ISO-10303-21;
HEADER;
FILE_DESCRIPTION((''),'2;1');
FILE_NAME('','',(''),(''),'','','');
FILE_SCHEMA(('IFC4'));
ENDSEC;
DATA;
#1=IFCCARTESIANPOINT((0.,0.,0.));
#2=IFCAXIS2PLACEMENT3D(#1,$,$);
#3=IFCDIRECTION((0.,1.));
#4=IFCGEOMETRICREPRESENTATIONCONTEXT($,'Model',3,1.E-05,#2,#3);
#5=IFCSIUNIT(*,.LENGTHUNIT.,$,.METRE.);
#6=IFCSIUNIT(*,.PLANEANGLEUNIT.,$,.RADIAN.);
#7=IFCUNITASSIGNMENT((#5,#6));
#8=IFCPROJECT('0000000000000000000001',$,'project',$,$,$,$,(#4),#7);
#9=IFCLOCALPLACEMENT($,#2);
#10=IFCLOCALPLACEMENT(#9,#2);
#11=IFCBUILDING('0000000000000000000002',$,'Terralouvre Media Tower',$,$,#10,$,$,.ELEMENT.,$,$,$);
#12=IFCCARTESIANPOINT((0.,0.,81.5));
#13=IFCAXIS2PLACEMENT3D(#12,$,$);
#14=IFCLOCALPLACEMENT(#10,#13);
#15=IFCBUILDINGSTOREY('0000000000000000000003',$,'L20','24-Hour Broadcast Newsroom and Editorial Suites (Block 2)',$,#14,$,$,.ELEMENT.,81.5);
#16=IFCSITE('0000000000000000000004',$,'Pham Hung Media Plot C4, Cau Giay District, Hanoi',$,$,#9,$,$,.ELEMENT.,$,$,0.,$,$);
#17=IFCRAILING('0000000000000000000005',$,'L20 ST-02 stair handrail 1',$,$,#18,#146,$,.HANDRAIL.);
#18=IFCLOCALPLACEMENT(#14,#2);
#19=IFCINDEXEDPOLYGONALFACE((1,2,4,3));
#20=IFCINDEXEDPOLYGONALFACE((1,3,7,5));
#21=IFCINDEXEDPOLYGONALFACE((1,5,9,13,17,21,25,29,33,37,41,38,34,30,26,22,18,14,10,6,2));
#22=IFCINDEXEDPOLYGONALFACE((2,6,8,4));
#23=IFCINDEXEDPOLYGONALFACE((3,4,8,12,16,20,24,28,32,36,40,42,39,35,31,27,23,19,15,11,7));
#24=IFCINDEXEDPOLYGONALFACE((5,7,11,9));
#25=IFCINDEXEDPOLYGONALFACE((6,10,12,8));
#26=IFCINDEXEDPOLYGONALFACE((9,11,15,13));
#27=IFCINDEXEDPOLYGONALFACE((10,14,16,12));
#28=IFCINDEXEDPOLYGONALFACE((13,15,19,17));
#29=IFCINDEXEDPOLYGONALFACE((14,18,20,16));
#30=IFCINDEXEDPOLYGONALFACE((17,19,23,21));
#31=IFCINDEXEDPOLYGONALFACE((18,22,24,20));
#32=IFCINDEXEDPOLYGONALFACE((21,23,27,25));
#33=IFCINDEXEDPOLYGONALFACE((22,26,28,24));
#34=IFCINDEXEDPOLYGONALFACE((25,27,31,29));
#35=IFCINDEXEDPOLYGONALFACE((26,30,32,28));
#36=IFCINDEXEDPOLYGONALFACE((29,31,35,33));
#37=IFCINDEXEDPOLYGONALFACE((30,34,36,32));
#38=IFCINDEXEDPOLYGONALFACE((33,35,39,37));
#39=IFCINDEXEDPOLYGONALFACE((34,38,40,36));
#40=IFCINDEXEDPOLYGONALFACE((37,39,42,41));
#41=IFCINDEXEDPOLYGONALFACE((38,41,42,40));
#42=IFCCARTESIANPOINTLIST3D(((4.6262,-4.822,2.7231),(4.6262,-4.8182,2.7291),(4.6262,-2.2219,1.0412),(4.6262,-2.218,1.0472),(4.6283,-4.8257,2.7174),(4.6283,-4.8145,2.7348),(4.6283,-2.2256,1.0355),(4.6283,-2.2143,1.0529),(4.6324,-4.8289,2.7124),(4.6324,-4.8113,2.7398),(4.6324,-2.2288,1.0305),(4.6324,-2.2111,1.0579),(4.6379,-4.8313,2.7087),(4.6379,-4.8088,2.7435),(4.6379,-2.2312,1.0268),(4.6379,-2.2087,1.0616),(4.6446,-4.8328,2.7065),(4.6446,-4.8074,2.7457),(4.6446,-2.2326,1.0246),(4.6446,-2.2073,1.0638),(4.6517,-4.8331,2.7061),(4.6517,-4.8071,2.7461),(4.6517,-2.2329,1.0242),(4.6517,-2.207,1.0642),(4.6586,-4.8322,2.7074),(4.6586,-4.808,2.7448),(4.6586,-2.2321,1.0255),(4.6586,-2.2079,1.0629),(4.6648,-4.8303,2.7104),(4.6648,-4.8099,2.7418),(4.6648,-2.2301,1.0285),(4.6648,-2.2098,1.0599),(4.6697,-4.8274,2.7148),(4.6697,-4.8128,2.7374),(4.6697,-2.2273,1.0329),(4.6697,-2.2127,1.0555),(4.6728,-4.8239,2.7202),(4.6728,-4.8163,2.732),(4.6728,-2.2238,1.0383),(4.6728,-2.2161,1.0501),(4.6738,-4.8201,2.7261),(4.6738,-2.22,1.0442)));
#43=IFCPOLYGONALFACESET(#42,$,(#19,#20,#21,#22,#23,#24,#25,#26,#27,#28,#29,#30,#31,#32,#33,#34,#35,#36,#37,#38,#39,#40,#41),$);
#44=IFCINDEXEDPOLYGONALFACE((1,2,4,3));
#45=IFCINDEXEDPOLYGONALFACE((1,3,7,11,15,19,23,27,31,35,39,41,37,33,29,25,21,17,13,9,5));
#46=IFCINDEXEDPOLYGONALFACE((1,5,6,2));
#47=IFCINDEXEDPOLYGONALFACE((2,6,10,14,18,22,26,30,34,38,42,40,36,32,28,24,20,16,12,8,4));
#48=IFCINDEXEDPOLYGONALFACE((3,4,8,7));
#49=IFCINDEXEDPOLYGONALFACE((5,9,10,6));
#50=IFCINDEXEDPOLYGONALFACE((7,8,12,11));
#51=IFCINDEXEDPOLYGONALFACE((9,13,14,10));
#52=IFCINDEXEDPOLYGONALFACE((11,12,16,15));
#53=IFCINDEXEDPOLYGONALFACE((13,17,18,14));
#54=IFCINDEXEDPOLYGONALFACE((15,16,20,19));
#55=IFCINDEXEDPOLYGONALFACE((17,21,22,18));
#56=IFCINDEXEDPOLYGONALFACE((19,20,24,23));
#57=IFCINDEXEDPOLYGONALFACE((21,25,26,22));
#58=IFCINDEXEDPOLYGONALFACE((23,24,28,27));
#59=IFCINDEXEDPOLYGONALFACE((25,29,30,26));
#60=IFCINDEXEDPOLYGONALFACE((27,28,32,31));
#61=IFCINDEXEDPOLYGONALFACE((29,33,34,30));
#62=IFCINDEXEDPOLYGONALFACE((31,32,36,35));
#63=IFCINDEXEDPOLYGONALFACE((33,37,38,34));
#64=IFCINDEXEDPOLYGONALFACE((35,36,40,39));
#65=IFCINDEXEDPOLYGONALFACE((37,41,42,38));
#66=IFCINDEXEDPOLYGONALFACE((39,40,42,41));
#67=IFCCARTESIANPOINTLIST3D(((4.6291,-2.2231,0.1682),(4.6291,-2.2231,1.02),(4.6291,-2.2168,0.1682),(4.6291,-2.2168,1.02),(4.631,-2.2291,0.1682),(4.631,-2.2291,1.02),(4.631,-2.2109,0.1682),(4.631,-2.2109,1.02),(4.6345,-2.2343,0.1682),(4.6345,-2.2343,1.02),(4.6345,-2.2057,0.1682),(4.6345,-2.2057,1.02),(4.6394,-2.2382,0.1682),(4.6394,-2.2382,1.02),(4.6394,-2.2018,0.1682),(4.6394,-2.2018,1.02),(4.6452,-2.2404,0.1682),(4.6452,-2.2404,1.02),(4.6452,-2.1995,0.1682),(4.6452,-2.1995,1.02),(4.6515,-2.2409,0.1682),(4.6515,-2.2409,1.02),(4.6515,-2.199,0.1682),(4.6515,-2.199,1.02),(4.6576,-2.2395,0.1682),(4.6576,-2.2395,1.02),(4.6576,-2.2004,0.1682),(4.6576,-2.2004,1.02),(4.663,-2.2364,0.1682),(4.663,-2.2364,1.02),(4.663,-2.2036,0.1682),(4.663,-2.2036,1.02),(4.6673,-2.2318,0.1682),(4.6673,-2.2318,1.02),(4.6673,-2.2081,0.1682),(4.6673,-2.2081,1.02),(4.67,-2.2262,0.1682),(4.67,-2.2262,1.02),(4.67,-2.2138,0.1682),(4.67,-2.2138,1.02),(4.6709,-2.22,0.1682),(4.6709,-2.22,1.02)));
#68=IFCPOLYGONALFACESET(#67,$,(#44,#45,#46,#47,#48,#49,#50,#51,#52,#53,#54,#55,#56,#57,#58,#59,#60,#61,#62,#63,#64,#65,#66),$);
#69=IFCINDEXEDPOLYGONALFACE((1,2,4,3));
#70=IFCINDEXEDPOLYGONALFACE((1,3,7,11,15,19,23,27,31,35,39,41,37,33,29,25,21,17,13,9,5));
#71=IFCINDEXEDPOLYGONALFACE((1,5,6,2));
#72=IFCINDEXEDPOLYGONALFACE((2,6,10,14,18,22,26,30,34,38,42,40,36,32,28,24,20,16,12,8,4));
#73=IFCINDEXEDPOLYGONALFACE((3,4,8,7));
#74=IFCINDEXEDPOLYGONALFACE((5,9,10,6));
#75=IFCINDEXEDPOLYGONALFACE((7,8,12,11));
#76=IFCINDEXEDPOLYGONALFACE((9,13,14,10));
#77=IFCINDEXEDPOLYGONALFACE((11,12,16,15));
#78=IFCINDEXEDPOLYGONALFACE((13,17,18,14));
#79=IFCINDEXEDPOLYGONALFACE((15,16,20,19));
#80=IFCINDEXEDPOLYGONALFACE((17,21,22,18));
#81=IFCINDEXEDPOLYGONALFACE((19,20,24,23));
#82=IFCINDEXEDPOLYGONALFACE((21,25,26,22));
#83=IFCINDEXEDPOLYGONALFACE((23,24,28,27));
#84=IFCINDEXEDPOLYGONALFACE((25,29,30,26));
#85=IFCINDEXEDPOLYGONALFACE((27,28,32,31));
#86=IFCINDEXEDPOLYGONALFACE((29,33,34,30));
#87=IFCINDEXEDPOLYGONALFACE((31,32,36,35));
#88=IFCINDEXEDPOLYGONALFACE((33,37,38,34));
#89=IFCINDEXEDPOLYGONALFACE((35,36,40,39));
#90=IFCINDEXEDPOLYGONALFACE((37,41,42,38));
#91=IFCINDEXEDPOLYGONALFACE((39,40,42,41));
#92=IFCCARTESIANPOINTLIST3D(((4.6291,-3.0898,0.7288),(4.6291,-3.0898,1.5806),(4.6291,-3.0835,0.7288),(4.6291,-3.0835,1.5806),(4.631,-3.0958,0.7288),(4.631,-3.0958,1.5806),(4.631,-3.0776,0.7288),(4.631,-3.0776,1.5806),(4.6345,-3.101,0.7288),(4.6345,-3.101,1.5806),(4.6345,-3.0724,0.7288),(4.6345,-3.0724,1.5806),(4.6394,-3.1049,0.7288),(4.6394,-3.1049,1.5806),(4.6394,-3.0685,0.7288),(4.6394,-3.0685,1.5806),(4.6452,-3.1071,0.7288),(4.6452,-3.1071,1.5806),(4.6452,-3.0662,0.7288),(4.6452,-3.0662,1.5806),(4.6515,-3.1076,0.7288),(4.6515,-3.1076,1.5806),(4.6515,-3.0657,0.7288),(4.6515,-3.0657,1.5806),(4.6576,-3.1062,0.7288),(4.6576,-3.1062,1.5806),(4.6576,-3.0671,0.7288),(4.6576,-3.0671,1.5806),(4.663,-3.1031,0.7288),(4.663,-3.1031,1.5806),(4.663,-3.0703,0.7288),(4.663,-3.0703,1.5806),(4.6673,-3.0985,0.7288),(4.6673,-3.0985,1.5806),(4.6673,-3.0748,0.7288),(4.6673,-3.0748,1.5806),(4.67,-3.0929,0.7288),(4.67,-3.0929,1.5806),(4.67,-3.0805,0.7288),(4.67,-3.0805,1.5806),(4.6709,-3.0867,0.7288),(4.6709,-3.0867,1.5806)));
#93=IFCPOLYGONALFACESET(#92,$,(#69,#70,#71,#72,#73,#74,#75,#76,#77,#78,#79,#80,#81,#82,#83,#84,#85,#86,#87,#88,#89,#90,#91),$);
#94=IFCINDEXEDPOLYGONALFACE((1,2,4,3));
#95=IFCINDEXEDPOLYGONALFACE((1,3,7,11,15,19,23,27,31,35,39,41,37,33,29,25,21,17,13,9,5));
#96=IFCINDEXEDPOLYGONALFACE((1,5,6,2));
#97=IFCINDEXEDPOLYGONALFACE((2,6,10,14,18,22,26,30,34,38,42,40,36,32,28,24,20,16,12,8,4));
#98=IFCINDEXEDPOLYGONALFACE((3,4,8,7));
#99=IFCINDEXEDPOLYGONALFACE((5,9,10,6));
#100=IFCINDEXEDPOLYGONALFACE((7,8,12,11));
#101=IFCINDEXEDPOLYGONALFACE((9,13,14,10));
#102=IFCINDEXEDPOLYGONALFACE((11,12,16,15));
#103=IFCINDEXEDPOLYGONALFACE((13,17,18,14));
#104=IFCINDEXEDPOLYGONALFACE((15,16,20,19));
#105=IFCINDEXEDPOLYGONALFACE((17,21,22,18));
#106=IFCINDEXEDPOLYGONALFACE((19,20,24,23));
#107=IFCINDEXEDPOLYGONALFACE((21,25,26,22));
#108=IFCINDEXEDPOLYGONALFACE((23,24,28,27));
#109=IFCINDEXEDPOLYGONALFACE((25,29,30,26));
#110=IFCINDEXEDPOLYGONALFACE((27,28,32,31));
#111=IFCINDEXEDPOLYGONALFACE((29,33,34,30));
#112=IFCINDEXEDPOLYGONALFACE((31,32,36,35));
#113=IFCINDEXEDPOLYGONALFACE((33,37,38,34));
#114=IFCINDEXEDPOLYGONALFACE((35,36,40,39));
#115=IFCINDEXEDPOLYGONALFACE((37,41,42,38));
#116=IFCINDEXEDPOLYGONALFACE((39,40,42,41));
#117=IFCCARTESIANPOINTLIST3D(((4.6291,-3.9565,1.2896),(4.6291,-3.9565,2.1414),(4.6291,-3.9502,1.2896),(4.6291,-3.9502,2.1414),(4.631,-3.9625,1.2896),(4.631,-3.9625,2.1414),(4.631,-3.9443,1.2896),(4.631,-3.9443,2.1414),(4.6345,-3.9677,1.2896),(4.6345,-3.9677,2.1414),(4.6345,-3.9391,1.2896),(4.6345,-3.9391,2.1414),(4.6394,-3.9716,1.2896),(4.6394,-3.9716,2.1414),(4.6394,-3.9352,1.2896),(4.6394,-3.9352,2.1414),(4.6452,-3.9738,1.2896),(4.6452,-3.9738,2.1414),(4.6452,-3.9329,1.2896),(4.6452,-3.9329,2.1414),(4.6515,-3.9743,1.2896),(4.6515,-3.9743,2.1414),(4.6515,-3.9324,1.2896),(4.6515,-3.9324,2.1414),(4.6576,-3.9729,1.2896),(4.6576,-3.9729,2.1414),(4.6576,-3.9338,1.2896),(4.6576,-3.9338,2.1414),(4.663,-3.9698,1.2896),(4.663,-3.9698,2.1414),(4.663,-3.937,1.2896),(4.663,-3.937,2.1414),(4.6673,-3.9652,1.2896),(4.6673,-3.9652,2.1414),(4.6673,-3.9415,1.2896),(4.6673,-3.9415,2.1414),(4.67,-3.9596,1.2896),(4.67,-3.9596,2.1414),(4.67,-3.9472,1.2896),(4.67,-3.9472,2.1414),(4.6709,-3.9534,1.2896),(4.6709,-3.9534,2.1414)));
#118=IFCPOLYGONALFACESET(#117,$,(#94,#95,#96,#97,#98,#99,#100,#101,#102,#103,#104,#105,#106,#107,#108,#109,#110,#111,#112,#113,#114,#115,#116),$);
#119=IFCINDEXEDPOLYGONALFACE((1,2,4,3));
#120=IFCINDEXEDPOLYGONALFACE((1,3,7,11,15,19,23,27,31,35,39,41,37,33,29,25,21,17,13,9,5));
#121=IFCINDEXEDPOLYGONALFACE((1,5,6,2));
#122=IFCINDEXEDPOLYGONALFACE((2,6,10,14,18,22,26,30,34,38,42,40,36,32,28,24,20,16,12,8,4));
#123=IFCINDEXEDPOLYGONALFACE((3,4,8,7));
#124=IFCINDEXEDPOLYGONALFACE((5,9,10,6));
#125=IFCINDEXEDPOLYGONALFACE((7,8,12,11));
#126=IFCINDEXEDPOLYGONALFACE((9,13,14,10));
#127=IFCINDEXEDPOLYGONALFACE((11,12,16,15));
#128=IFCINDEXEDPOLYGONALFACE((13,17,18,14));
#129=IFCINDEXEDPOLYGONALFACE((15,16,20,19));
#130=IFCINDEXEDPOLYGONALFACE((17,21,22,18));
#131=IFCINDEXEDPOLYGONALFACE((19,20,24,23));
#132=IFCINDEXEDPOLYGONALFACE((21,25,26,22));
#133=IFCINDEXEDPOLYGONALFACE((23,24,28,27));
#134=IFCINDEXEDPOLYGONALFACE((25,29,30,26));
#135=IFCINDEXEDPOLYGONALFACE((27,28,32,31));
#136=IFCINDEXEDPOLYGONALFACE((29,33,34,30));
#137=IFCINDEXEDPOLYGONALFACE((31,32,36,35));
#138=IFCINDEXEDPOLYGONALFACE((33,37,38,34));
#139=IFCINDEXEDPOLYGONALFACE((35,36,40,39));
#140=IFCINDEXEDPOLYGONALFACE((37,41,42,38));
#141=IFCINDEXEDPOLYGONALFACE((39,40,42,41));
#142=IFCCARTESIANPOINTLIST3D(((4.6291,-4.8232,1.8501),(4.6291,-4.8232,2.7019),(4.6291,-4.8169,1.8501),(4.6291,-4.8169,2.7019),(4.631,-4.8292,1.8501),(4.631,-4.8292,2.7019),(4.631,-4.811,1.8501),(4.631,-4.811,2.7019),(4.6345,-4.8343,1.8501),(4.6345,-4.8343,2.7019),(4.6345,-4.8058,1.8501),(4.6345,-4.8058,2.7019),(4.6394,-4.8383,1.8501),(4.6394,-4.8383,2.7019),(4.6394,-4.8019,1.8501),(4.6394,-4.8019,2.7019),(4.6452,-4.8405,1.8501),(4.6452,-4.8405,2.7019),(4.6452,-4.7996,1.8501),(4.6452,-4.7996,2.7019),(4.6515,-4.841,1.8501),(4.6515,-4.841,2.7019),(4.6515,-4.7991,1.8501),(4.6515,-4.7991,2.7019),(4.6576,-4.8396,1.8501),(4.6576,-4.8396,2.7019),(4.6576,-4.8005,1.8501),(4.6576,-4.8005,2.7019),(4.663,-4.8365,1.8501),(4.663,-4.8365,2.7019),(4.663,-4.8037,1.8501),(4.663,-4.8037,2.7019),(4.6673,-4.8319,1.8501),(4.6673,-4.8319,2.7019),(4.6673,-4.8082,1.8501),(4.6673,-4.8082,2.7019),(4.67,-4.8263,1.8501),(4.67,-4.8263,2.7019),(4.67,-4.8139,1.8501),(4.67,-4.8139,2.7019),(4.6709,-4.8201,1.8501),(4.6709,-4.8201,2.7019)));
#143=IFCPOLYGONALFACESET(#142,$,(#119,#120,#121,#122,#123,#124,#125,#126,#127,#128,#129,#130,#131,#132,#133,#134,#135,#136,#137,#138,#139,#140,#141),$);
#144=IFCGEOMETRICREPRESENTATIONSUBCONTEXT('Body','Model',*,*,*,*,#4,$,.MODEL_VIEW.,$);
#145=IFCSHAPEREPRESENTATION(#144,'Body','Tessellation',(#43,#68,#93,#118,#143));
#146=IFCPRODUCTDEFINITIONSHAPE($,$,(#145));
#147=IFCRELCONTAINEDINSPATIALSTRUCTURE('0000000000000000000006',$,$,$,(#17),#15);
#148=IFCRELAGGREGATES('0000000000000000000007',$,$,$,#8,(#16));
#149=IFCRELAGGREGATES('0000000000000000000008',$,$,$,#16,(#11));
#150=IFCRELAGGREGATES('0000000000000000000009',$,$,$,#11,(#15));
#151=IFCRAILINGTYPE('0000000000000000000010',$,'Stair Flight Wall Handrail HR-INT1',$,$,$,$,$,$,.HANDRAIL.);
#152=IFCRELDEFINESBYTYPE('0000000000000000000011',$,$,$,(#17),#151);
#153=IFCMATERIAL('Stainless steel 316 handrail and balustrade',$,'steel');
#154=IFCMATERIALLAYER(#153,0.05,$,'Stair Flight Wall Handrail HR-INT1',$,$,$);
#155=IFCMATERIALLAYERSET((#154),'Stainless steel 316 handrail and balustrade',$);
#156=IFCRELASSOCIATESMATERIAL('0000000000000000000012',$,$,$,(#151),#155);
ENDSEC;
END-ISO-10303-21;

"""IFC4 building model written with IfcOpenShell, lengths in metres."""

from ifc_helpers import new_model, si_unit, direction, frame, origin, origin_2d, place, context, subcontext, project, spatial, circle, extrude, material, layer, layer_set, type_object, element, save


model = new_model("IFC4")

# Units and contexts
model_context = context("Model", 3, precision=1e-05, world=origin(), true_north=direction((0.0, 1.0)))
body_context = subcontext(model_context, "Body", "Model", "MODEL_VIEW")
ifc_project = project(units=[si_unit("LENGTHUNIT", "METRE"), si_unit("PLANEANGLEUNIT", "RADIAN")], contexts=[model_context])

# Site, building, storey
site_placement = place(None, origin())
site = spatial("IfcSite", under=ifc_project, at=site_placement, Name="Pham Hung Media Plot C4, Cau Giay District, Hanoi", CompositionType="ELEMENT", RefElevation=0.0)
building_placement = place(site_placement, origin())
building = spatial("IfcBuilding", under=site, at=building_placement, Name="Terralouvre Media Tower", CompositionType="ELEMENT")
storey_placement = place(building_placement, frame((0.0, 0.0, 81.5)))
storey = spatial("IfcBuildingStorey", under=building, at=storey_placement, Name="L20", Description="24-Hour Broadcast Newsroom and Editorial Suites (Block 2)", CompositionType="ELEMENT", Elevation=81.5)

# Railing
ifc_material_1 = material(Name="Stainless steel 316 handrail and balustrade", Category="steel")
ifc_layer_1 = layer(ifc_material_1, 0.05, Name="Stair Flight Wall Handrail HR-INT1")
ifc_layer_set_1 = layer_set([ifc_layer_1], Name="Stainless steel 316 handrail and balustrade")
railing_type_1 = type_object("IfcRailingType", Name="Stair Flight Wall Handrail HR-INT1", PredefinedType="HANDRAIL", material=ifc_layer_set_1)
railing_1_placement = place(storey_placement, frame((4.6499, -2.22, 0.1682)))
element("IfcRailing", 1, at=railing_1_placement, inside=storey, type_object=railing_type_1, Name="L20 ST-02 stair handrail 1", PredefinedType="HANDRAIL", context=body_context, shape_type="SweptSolid", body=[
    extrude(circle(Radius=0.0239, at=origin_2d()), frame((0.0, 0.0, 0.876), z_axis=(0.0, -0.839648, 0.54313), x_axis=(1.0, 0.0, 0.0)), (0.0, 0.0, 1.0), 3.0967),
    extrude(circle(Radius=0.021, at=origin_2d()), origin(), (0.0, 0.0, 1.0), 0.8518),
    extrude(circle(Radius=0.021, at=origin_2d()), frame((0.0, -0.8667, 0.5605)), (0.0, 0.0, 1.0), 0.8518),
    extrude(circle(Radius=0.021, at=origin_2d()), frame((0.0, -1.7334, 1.1213)), (0.0, 0.0, 1.0), 0.8518),
    extrude(circle(Radius=0.021, at=origin_2d()), frame((0.0, -2.6001, 1.6819)), (0.0, 0.0, 1.0), 0.8518),
])

save(model, "model.ifc")
